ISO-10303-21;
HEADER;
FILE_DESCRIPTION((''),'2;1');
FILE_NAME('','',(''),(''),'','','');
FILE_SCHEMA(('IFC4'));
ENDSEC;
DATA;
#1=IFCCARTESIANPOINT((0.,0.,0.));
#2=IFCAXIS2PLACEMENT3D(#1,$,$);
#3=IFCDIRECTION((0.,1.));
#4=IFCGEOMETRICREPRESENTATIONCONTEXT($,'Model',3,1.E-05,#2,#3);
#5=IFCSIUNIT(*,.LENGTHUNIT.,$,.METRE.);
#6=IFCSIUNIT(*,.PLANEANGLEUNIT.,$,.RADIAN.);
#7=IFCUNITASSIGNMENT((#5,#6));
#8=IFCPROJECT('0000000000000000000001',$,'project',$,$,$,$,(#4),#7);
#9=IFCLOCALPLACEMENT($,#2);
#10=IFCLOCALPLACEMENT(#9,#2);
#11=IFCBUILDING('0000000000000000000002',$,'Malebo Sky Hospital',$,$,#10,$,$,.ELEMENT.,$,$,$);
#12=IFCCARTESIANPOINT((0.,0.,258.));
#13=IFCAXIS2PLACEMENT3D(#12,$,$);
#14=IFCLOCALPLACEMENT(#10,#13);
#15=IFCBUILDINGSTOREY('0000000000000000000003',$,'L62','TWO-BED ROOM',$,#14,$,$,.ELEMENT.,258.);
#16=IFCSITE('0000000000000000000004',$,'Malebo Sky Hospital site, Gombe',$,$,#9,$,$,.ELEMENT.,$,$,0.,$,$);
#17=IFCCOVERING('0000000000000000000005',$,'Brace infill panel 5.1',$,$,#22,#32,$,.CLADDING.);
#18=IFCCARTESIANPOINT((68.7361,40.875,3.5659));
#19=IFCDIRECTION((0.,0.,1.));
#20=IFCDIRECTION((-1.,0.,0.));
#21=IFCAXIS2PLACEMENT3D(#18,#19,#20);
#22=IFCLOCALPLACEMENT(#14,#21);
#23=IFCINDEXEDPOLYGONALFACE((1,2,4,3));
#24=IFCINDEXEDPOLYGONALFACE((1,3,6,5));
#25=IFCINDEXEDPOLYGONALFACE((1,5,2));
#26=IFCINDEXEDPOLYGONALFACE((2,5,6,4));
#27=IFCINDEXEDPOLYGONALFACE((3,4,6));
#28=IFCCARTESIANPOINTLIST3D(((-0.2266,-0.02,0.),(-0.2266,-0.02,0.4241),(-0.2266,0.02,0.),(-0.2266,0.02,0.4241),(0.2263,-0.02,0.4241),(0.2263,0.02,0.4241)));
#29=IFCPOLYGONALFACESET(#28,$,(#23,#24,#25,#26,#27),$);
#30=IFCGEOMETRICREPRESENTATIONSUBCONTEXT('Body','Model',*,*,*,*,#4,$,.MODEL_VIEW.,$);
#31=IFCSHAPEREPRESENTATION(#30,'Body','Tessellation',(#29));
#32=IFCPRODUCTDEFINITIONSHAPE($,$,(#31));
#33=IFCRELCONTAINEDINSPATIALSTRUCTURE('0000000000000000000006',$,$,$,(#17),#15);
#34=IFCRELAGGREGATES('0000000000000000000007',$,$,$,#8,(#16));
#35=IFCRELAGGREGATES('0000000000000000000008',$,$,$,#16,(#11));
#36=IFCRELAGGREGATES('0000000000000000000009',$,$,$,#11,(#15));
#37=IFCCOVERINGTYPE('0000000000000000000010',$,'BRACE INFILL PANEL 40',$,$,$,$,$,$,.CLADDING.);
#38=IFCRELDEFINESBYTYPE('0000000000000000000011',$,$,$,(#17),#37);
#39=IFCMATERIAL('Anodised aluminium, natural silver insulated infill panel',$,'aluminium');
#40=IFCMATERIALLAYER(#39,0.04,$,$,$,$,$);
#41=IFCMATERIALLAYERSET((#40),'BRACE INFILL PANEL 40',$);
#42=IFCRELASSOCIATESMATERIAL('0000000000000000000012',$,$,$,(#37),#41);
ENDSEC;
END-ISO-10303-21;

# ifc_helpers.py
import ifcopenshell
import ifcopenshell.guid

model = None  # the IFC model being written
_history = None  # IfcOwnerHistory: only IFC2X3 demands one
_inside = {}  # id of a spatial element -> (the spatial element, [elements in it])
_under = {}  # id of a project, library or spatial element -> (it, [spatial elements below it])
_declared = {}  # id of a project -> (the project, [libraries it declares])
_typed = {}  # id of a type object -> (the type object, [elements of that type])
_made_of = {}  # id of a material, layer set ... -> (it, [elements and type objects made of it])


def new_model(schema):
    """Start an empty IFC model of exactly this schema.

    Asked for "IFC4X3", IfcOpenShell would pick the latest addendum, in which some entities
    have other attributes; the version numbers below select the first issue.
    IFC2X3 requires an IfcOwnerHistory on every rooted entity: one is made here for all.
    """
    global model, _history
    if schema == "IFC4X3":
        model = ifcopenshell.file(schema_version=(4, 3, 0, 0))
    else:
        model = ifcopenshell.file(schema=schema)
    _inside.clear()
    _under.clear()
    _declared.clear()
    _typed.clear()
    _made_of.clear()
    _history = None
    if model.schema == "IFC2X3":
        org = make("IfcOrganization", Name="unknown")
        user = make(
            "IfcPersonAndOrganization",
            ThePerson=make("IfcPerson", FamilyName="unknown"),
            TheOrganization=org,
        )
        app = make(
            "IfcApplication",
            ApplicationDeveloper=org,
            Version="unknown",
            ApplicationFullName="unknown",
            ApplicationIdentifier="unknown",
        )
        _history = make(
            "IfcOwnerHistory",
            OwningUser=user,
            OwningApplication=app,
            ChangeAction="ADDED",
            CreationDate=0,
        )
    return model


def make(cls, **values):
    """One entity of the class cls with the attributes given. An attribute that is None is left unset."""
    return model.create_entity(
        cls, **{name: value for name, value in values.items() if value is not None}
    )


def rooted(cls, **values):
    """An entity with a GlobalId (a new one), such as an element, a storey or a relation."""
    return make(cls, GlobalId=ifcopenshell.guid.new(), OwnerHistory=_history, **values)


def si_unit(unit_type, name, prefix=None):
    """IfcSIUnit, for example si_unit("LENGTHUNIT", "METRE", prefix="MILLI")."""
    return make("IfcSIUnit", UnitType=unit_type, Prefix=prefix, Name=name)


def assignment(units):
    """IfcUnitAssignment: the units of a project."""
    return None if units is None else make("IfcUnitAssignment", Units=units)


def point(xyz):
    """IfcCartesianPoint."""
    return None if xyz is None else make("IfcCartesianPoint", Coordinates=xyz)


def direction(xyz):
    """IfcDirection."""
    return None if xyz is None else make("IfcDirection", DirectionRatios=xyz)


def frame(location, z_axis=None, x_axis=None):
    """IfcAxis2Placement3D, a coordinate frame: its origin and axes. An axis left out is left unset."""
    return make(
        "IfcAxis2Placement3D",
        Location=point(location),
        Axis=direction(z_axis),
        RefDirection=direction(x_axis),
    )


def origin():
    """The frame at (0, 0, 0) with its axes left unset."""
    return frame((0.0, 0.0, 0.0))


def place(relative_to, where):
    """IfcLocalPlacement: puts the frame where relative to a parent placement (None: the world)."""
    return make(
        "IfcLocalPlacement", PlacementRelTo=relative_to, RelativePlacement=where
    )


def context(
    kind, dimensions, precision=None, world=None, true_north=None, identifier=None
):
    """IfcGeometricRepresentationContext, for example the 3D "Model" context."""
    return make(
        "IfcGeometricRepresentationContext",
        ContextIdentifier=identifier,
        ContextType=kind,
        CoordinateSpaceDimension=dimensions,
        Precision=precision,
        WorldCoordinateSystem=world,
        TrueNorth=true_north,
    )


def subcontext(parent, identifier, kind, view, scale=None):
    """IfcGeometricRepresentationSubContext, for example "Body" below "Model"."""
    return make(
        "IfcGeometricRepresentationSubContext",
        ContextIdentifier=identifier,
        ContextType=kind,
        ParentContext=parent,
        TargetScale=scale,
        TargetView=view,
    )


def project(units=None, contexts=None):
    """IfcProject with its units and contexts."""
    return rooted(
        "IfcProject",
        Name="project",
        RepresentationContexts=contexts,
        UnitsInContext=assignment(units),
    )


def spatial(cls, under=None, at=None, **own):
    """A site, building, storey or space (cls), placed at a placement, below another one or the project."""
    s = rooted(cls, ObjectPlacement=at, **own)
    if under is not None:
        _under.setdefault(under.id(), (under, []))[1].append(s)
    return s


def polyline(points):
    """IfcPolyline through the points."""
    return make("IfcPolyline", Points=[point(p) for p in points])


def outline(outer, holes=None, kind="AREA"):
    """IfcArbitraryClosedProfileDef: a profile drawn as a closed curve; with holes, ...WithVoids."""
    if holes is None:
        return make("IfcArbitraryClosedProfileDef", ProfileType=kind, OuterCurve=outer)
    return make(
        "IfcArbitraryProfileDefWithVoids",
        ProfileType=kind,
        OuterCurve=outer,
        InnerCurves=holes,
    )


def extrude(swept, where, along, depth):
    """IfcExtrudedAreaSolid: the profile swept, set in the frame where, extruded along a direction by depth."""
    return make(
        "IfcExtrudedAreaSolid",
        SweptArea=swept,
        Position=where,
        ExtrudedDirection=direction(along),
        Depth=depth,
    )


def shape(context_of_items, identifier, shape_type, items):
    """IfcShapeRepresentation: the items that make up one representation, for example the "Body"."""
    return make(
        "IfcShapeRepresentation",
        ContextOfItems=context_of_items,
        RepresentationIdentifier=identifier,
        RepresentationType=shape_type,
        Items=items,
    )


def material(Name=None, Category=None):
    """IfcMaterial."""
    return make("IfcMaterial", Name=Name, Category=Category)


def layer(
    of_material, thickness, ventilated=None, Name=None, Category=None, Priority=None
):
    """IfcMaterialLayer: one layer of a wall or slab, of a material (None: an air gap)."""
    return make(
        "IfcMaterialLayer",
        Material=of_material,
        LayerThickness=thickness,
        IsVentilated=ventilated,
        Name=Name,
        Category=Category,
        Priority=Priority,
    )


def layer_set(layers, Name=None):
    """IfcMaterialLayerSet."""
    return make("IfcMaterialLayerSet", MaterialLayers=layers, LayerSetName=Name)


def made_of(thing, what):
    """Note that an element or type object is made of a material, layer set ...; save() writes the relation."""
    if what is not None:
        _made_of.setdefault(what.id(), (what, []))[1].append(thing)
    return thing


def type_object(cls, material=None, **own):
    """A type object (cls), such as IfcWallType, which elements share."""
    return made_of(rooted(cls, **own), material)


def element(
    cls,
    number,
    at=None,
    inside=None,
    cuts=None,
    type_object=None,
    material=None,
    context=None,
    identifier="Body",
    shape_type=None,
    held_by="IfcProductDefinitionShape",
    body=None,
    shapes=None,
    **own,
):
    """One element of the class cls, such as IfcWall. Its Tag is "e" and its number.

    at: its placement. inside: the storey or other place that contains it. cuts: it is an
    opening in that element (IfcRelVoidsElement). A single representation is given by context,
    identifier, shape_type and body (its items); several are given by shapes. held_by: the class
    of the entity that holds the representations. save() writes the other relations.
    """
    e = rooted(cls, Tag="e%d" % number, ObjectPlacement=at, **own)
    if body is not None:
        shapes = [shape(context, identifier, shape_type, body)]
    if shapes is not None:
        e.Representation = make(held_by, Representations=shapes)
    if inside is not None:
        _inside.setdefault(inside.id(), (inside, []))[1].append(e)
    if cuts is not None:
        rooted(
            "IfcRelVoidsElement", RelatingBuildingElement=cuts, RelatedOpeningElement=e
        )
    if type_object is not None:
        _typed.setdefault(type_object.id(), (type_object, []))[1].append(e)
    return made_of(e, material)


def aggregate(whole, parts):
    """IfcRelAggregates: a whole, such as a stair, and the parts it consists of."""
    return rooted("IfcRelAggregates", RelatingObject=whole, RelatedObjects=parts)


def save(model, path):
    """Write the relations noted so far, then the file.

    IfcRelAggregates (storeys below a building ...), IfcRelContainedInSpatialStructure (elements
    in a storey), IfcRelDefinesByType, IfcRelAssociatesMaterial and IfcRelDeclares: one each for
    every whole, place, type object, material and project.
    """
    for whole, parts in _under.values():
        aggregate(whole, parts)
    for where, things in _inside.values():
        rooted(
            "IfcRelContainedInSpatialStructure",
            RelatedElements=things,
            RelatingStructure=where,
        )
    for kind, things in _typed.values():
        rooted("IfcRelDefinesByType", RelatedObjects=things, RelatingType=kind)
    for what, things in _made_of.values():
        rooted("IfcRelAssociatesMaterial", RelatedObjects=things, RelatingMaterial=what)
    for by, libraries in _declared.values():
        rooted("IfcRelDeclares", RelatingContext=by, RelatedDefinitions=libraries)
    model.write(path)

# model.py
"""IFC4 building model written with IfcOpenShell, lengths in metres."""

from ifc_helpers import new_model, si_unit, direction, frame, origin, place, context, subcontext, project, spatial, polyline, outline, extrude, material, layer, layer_set, type_object, element, save


model = new_model("IFC4")

# Units and contexts
model_context = context("Model", 3, precision=1e-05, world=origin(), true_north=direction((0.0, 1.0)))
body_context = subcontext(model_context, "Body", "Model", "MODEL_VIEW")
ifc_project = project(units=[si_unit("LENGTHUNIT", "METRE"), si_unit("PLANEANGLEUNIT", "RADIAN")], contexts=[model_context])

# Site, building, storey
site_placement = place(None, origin())
site = spatial("IfcSite", under=ifc_project, at=site_placement, Name="Malebo Sky Hospital site, Gombe", CompositionType="ELEMENT", RefElevation=0.0)
building_placement = place(site_placement, origin())
building = spatial("IfcBuilding", under=site, at=building_placement, Name="Malebo Sky Hospital", CompositionType="ELEMENT")
storey_placement = place(building_placement, frame((0.0, 0.0, 258.0)))
storey = spatial("IfcBuildingStorey", under=building, at=storey_placement, Name="L62", Description="TWO-BED ROOM", CompositionType="ELEMENT", Elevation=258.0)

# Covering
ifc_material_1 = material(Name="Anodised aluminium, natural silver insulated infill panel", Category="aluminium")
ifc_layer_1 = layer(ifc_material_1, 0.04)
ifc_layer_set_1 = layer_set([ifc_layer_1], Name="BRACE INFILL PANEL 40")
covering_type = type_object("IfcCoveringType", Name="BRACE INFILL PANEL 40", PredefinedType="CLADDING", material=ifc_layer_set_1)
covering_1_placement = place(storey_placement, frame((68.7361, 40.875, 3.5659), z_axis=(0.0, 0.0, 1.0), x_axis=(-1.0, 0.0, 0.0)))
element("IfcCovering", 1, at=covering_1_placement, inside=storey, type_object=covering_type, Name="Brace infill panel 5.1", PredefinedType="CLADDING", context=body_context, shape_type="SweptSolid", body=[
    extrude(outline(polyline([(-0.2266, 0.0), (0.2263, 0.4241), (-0.2266, 0.4241), (-0.2266, 0.0)])), frame((0.0, 0.02, 0.0), z_axis=(0.0, -1.0, 0.0), x_axis=(1.0, 0.0, 0.0)), (0.0, 0.0, 1.0), 0.04),
])

save(model, "model.ifc")
